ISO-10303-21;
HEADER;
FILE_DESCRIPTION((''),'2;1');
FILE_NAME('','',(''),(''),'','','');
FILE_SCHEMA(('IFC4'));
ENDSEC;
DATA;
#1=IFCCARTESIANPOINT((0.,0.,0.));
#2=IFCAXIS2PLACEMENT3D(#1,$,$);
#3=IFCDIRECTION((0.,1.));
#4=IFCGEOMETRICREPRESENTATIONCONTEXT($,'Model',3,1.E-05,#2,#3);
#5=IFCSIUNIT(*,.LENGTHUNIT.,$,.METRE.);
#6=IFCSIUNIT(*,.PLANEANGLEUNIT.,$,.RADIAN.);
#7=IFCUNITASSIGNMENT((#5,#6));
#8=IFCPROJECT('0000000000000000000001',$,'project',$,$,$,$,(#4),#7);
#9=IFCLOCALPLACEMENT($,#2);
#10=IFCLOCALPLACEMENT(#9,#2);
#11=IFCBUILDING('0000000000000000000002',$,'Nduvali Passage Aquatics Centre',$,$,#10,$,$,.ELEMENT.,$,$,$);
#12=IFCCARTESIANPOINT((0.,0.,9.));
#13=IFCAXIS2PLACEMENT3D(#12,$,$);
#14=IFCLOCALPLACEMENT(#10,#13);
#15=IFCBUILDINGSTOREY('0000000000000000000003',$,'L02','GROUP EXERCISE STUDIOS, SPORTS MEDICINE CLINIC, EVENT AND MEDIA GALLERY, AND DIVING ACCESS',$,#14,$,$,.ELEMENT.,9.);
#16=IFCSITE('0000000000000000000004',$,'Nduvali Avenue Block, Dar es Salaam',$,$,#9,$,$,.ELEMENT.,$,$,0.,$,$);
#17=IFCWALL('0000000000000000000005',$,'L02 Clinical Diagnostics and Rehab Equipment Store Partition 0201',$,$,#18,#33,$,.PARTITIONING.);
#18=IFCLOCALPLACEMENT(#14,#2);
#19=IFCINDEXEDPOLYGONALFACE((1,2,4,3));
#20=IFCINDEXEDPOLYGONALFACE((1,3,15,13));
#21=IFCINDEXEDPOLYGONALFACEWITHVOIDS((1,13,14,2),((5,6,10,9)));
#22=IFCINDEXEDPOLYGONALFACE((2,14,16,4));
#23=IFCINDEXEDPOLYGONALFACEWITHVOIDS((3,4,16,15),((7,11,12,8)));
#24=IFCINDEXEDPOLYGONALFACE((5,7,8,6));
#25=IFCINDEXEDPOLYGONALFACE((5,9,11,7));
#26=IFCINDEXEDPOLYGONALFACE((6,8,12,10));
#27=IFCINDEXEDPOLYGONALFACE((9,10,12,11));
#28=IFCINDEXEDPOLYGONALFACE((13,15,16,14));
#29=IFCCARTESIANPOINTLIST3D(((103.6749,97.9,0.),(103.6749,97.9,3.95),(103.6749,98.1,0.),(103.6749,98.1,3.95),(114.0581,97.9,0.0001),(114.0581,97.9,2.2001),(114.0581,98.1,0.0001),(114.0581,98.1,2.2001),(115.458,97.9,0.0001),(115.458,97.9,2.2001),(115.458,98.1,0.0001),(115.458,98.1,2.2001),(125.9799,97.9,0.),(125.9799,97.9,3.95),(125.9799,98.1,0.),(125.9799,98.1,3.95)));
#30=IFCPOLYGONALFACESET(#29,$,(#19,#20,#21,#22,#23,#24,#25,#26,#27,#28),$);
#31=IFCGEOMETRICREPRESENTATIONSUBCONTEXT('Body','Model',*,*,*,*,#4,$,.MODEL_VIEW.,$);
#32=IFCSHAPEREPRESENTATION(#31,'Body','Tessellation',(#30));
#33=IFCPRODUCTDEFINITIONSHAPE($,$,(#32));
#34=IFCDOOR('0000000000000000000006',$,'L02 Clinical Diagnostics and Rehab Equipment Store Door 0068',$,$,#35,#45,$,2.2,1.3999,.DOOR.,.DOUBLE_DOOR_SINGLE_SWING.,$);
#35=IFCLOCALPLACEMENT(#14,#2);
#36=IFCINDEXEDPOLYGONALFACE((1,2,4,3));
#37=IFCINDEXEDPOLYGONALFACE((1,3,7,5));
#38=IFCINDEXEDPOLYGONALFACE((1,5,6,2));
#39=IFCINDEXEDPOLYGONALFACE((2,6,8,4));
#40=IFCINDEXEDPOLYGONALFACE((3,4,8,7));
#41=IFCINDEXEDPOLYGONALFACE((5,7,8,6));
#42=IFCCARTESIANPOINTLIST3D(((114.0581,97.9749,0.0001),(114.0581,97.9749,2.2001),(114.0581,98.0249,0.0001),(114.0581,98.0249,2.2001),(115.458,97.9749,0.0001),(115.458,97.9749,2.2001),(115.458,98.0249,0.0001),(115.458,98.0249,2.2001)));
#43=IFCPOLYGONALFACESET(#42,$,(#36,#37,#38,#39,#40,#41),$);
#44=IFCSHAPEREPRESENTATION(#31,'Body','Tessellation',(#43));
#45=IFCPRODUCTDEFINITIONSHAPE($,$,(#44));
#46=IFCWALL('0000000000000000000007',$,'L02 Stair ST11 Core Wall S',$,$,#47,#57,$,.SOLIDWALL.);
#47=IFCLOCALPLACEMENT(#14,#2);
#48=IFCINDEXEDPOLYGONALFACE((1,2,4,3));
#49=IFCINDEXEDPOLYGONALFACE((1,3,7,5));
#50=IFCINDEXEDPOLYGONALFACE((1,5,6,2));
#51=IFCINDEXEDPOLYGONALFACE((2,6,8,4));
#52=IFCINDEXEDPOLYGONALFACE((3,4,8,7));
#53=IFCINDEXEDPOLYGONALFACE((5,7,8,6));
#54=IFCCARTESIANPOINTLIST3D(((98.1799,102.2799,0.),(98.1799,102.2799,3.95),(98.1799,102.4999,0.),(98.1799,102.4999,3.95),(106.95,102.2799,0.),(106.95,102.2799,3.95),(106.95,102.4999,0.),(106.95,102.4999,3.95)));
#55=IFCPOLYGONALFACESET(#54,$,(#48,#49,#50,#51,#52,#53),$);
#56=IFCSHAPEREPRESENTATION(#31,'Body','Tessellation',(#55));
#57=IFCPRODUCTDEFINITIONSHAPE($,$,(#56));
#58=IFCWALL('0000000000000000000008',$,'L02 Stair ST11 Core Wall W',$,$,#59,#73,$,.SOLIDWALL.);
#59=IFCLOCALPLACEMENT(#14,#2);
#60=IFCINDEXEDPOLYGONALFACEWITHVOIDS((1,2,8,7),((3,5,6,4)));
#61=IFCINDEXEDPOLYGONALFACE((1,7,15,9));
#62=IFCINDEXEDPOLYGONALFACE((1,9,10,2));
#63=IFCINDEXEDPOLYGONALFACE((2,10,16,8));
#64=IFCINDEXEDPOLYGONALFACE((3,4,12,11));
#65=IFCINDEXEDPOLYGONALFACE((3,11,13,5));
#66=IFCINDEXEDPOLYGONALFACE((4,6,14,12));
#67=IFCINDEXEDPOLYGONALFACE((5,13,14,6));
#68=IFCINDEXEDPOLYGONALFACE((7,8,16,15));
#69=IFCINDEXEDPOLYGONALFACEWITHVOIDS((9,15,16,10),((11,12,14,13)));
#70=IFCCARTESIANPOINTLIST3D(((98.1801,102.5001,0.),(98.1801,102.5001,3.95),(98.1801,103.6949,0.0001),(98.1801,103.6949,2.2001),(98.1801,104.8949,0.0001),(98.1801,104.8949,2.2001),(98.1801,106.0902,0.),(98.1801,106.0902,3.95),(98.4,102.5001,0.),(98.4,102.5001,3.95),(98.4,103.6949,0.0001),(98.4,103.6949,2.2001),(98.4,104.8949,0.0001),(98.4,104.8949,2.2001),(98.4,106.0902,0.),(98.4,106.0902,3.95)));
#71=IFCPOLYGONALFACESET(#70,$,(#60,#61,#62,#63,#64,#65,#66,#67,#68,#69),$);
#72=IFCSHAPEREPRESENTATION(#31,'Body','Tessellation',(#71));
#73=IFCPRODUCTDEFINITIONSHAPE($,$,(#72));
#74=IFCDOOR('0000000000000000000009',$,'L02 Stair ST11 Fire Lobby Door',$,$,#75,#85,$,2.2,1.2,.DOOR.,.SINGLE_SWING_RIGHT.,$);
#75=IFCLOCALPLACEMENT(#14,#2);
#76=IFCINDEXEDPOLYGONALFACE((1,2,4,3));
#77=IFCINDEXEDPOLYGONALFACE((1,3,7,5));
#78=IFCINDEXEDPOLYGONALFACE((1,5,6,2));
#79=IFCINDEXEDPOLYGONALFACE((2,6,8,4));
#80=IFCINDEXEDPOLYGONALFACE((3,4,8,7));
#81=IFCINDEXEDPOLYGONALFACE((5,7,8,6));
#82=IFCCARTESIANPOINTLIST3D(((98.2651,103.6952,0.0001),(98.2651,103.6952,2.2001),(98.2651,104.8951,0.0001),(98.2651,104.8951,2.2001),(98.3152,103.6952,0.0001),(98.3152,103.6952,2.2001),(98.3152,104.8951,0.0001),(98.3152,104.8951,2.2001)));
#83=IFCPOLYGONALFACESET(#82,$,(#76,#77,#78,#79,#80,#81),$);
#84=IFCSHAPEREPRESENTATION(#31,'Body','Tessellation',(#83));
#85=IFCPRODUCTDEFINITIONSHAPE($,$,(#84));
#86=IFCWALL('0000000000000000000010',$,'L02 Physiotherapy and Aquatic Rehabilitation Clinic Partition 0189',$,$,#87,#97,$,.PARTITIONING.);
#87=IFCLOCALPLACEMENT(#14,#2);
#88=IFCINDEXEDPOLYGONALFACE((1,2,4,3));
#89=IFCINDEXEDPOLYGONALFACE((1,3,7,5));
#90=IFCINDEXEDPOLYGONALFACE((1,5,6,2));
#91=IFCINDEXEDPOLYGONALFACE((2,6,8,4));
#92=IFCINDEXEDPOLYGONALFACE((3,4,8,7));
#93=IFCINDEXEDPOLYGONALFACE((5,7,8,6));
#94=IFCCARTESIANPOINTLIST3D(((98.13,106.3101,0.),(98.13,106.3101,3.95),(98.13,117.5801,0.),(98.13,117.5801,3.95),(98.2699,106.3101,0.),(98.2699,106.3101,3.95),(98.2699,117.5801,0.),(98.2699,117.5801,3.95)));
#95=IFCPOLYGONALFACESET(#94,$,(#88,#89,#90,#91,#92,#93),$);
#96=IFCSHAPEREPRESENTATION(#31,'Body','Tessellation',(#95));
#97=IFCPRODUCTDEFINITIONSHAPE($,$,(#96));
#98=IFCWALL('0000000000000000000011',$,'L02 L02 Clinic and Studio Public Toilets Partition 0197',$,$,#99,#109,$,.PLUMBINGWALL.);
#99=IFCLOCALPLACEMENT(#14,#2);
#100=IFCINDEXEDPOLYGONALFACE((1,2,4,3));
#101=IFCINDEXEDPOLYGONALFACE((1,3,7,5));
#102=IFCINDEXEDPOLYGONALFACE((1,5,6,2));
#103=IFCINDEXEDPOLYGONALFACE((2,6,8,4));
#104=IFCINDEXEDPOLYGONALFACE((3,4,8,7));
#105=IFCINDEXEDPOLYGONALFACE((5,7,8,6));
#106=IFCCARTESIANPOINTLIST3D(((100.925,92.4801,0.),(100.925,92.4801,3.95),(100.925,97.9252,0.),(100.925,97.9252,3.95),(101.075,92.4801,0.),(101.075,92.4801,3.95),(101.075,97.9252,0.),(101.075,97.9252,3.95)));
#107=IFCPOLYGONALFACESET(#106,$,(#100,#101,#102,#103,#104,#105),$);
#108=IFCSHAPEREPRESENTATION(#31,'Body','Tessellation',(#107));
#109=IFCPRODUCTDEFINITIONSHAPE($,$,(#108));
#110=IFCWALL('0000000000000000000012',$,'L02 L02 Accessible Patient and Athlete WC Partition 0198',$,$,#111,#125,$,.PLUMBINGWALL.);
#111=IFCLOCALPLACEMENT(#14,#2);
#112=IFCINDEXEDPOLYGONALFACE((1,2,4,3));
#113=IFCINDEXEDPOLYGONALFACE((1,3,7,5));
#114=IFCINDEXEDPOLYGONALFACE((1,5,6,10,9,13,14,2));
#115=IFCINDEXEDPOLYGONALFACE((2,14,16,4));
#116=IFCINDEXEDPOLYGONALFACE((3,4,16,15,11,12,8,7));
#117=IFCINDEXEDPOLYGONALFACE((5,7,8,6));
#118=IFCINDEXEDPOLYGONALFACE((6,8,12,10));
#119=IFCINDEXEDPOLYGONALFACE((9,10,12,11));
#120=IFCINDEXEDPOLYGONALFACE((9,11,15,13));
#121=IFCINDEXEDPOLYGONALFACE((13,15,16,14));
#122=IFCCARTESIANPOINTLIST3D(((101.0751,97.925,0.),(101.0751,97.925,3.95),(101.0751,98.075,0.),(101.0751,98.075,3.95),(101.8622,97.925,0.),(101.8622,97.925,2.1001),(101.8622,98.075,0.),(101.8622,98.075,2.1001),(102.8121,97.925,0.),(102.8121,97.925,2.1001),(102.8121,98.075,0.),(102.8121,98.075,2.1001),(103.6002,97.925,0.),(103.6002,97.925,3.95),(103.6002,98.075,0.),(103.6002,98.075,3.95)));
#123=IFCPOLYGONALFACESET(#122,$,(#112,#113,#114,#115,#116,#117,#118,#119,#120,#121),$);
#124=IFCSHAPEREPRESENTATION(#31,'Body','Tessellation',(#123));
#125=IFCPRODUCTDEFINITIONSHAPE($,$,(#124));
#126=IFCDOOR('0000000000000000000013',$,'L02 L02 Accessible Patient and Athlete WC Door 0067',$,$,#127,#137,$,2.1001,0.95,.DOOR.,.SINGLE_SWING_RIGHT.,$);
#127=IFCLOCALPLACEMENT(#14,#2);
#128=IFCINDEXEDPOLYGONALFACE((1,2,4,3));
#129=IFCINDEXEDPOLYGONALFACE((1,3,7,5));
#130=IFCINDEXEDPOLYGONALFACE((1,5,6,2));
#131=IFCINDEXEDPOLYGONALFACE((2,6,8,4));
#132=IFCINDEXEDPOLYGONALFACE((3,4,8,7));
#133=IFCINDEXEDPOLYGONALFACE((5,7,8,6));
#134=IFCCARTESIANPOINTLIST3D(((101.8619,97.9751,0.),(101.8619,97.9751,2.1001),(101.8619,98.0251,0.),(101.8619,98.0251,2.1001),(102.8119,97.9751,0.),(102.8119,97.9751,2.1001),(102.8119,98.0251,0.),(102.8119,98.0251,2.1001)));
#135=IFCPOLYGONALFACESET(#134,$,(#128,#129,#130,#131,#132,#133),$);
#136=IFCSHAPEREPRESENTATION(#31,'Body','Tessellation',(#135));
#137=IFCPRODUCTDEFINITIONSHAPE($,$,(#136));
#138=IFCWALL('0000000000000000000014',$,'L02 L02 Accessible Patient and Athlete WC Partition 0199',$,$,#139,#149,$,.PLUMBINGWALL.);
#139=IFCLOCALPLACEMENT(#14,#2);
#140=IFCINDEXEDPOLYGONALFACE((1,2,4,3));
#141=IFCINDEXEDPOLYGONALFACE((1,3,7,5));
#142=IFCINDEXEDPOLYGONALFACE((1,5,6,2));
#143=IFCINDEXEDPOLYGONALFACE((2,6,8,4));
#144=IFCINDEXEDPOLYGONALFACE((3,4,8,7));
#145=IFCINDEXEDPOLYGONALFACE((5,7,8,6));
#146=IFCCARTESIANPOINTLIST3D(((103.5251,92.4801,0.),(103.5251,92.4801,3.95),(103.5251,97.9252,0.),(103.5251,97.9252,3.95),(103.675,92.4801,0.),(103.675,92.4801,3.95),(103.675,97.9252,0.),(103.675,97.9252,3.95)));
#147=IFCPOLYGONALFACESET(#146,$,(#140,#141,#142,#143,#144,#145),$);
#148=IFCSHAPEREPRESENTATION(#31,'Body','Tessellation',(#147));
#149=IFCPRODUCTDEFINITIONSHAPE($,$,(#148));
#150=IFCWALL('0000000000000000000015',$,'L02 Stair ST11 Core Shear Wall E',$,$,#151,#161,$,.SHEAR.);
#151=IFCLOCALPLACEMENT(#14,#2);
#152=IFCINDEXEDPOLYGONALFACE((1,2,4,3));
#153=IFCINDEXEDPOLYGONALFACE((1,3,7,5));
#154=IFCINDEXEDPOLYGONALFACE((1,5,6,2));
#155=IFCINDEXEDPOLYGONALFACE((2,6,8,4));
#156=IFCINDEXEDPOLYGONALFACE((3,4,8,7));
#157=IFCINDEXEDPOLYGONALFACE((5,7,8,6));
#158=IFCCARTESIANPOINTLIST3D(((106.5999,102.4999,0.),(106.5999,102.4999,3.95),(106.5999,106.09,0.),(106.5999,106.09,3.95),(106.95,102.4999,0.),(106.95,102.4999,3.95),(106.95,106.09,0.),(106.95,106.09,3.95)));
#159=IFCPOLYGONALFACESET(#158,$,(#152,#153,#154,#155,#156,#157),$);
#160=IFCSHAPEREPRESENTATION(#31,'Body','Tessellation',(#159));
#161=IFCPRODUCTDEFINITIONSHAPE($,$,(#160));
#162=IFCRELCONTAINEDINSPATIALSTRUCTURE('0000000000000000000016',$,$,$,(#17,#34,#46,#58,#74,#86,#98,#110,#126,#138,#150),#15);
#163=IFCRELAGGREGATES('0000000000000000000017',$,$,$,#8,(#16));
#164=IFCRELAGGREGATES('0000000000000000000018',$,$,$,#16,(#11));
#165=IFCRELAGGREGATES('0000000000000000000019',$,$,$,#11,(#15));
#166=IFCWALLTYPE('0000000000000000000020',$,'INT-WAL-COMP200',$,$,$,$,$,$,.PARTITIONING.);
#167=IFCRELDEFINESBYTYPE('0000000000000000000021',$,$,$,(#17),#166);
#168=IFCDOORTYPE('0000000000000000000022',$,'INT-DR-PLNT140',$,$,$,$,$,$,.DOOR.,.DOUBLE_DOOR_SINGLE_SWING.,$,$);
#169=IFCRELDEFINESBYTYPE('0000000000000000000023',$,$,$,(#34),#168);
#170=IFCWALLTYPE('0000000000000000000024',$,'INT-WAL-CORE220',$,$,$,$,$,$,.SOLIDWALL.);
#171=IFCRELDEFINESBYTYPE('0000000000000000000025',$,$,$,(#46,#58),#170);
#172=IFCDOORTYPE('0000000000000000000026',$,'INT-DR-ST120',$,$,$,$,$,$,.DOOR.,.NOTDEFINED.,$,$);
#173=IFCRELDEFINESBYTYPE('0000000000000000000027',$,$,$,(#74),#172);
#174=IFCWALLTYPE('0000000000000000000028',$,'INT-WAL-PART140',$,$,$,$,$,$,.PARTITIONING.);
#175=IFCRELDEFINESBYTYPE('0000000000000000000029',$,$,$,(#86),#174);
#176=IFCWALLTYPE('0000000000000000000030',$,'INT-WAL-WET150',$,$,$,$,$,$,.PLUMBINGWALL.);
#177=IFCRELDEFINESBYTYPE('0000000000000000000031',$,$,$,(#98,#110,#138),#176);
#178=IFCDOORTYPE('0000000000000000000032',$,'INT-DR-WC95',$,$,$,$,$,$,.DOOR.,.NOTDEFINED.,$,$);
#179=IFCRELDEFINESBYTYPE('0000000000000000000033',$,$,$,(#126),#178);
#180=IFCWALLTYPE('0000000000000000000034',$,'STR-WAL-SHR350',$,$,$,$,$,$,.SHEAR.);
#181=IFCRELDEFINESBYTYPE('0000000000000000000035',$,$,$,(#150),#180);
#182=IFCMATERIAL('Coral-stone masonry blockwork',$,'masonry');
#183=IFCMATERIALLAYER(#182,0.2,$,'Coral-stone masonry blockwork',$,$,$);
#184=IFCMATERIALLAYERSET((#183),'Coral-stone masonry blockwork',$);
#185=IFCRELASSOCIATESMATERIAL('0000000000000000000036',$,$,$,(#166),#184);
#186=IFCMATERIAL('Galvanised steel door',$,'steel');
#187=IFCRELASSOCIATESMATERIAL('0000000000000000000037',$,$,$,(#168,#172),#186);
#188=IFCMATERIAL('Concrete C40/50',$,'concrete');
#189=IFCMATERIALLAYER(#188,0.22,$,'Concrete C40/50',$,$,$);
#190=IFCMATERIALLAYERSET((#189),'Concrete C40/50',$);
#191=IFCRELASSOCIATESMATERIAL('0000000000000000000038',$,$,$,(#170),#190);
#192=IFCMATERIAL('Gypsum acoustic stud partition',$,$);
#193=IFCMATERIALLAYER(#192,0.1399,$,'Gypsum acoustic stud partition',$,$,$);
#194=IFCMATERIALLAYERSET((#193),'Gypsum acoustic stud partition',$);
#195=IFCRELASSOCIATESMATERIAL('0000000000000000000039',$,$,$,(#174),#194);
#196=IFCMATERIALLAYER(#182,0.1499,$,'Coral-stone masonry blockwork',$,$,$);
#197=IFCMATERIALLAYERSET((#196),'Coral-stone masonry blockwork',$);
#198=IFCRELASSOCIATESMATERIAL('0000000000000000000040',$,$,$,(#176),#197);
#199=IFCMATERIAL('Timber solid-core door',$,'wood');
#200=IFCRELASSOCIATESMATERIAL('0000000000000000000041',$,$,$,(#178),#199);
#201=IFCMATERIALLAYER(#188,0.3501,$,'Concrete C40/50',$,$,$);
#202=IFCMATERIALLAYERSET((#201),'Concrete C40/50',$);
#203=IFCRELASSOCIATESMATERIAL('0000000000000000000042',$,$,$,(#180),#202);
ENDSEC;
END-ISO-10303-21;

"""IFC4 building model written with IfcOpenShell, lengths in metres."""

from ifc_helpers import new_model, si_unit, direction, frame, frame_2d, origin, place, context, subcontext, project, spatial, rectangle, extrude, material, layer, layer_set, type_object, element, fill, save


model = new_model("IFC4")

# Units and contexts
model_context = context("Model", 3, precision=1e-05, world=origin(), true_north=direction((0.0, 1.0)))
body_context = subcontext(model_context, "Body", "Model", "MODEL_VIEW")
ifc_project = project(units=[si_unit("LENGTHUNIT", "METRE"), si_unit("PLANEANGLEUNIT", "RADIAN")], contexts=[model_context])

# Site, building, storey
site_placement = place(None, origin())
site = spatial("IfcSite", under=ifc_project, at=site_placement, Name="Nduvali Avenue Block, Dar es Salaam", CompositionType="ELEMENT", RefElevation=0.0)
building_placement = place(site_placement, origin())
building = spatial("IfcBuilding", under=site, at=building_placement, Name="Nduvali Passage Aquatics Centre", CompositionType="ELEMENT")
storey_placement = place(building_placement, frame((0.0, 0.0, 9.0)))
storey = spatial("IfcBuildingStorey", under=building, at=storey_placement, Name="L02", Description="GROUP EXERCISE STUDIOS, SPORTS MEDICINE CLINIC, EVENT AND MEDIA GALLERY, AND DIVING ACCESS", CompositionType="ELEMENT", Elevation=9.0)

# Wall, opening, door
ifc_material_1 = material(Name="Coral-stone masonry blockwork", Category="masonry")
ifc_layer_1 = layer(ifc_material_1, 0.2, Name="Coral-stone masonry blockwork")
ifc_layer_set_1 = layer_set([ifc_layer_1], Name="Coral-stone masonry blockwork")
wall_type_1 = type_object("IfcWallType", Name="INT-WAL-COMP200", PredefinedType="PARTITIONING", material=ifc_layer_set_1)
wall_1_placement = place(storey_placement, frame((103.675, 98.0, 0.0), z_axis=(0.0, 0.0, 1.0), x_axis=(1.0, 0.0, 0.0)))
wall_1 = element("IfcWall", 1, at=wall_1_placement, inside=storey, type_object=wall_type_1, Name="L02 Clinical Diagnostics and Rehab Equipment Store Partition 0201", PredefinedType="PARTITIONING", context=body_context, shape_type="SweptSolid", body=[
    extrude(rectangle(XDim=22.3049, YDim=0.2, at=frame_2d((11.1523, 0.0))), origin(), (0.0, 0.0, 1.0), 3.95),
])
opening_1_placement = place(wall_1_placement, frame((10.3831, 0.0, 0.0)))
opening_1 = element("IfcOpeningElement", 2, at=opening_1_placement, cuts=wall_1, PredefinedType="OPENING", context=body_context, shape_type="SweptSolid", body=[
    extrude(rectangle(XDim=1.3999, YDim=2.2, at=frame_2d((0.7, 1.1001))), frame((0.0, 0.1147, 0.0), z_axis=(0.0, -1.0, 0.0), x_axis=(1.0, 0.0, 0.0)), (0.0, 0.0, 1.0), 0.2297),
])
ifc_material_2 = material(Name="Galvanised steel door", Category="steel")
door_type_1 = type_object("IfcDoorType", Name="INT-DR-PLNT140", OperationType="DOUBLE_DOOR_SINGLE_SWING", PredefinedType="DOOR", material=ifc_material_2)
door_1_placement = place(opening_1_placement, origin())
door_1 = element("IfcDoor", 3, at=door_1_placement, inside=storey, type_object=door_type_1, Name="L02 Clinical Diagnostics and Rehab Equipment Store Door 0068", OperationType="DOUBLE_DOOR_SINGLE_SWING", OverallHeight=2.2, OverallWidth=1.3999, PredefinedType="DOOR", context=body_context, shape_type="SweptSolid", body=[
    extrude(rectangle(XDim=1.3999, YDim=2.2, at=frame_2d((0.7, 1.1001))), frame((0.0, 0.0249, 0.0), z_axis=(0.0, -1.0, 0.0), x_axis=(1.0, 0.0, 0.0)), (0.0, 0.0, 1.0), 0.05),
])
fill(opening_1, door_1)

# Wall
ifc_material_3 = material(Name="Concrete C40/50", Category="concrete")
ifc_layer_2 = layer(ifc_material_3, 0.22, Name="Concrete C40/50")
ifc_layer_set_2 = layer_set([ifc_layer_2], Name="Concrete C40/50")
wall_type_2 = type_object("IfcWallType", Name="INT-WAL-CORE220", PredefinedType="SOLIDWALL", material=ifc_layer_set_2)
wall_2_placement = place(storey_placement, frame((98.1799, 102.3899, 0.0), z_axis=(0.0, 0.0, 1.0), x_axis=(1.0, 0.0, 0.0)))
element("IfcWall", 4, at=wall_2_placement, inside=storey, type_object=wall_type_2, Name="L02 Stair ST11 Core Wall S", PredefinedType="SOLIDWALL", context=body_context, shape_type="SweptSolid", body=[
    extrude(rectangle(XDim=8.77, YDim=0.22, at=frame_2d((4.385, 0.0))), origin(), (0.0, 0.0, 1.0), 3.95),
])

# Wall, opening, door
wall_3_placement = place(storey_placement, frame((98.29, 106.0901, 0.0), z_axis=(0.0, 0.0, 1.0), x_axis=(0.0, -1.0, 0.0)))
wall_3 = element("IfcWall", 5, at=wall_3_placement, inside=storey, type_object=wall_type_2, Name="L02 Stair ST11 Core Wall W", PredefinedType="SOLIDWALL", context=body_context, shape_type="SweptSolid", body=[
    extrude(rectangle(XDim=3.5901, YDim=0.22, at=frame_2d((1.7949, 0.0))), origin(), (0.0, 0.0, 1.0), 3.95),
])
opening_2_placement = place(wall_3_placement, frame((1.1951, 0.0, 0.0)))
opening_2 = element("IfcOpeningElement", 6, at=opening_2_placement, cuts=wall_3, PredefinedType="OPENING", context=body_context, shape_type="SweptSolid", body=[
    extrude(rectangle(XDim=1.2, YDim=2.2, at=frame_2d((0.6001, 1.1001))), frame((0.0, 0.125, 0.0), z_axis=(0.0, -1.0, 0.0), x_axis=(1.0, 0.0, 0.0)), (0.0, 0.0, 1.0), 0.2498),
])
door_type_2 = type_object("IfcDoorType", Name="INT-DR-ST120", OperationType="NOTDEFINED", PredefinedType="DOOR", material=ifc_material_2)
door_2_placement = place(opening_2_placement, frame((1.2, 0.0, 0.0), z_axis=(0.0, 0.0, 1.0), x_axis=(-1.0, 0.0, 0.0)))
door_2 = element("IfcDoor", 7, at=door_2_placement, inside=storey, type_object=door_type_2, Name="L02 Stair ST11 Fire Lobby Door", OperationType="SINGLE_SWING_RIGHT", OverallHeight=2.2, OverallWidth=1.2, PredefinedType="DOOR", context=body_context, shape_type="SweptSolid", body=[
    extrude(rectangle(XDim=1.2, YDim=2.2, at=frame_2d((0.6001, 1.1001))), frame((0.0, 0.0249, 0.0), z_axis=(0.0, -1.0, 0.0), x_axis=(1.0, 0.0, 0.0)), (0.0, 0.0, 1.0), 0.05),
])
fill(opening_2, door_2)

# Walls
ifc_material_4 = material(Name="Gypsum acoustic stud partition")
ifc_layer_3 = layer(ifc_material_4, 0.1399, Name="Gypsum acoustic stud partition")
ifc_layer_set_3 = layer_set([ifc_layer_3], Name="Gypsum acoustic stud partition")
wall_type_3 = type_object("IfcWallType", Name="INT-WAL-PART140", PredefinedType="PARTITIONING", material=ifc_layer_set_3)
wall_4_placement = place(storey_placement, frame((98.2, 106.3101, 0.0), z_axis=(0.0, 0.0, 1.0), x_axis=(0.0, 1.0, 0.0)))
element("IfcWall", 8, at=wall_4_placement, inside=storey, type_object=wall_type_3, Name="L02 Physiotherapy and Aquatic Rehabilitation Clinic Partition 0189", PredefinedType="PARTITIONING", context=body_context, shape_type="SweptSolid", body=[
    extrude(rectangle(XDim=11.27, YDim=0.1399, at=frame_2d((5.635, 0.0))), origin(), (0.0, 0.0, 1.0), 3.95),
])
ifc_layer_4 = layer(ifc_material_1, 0.1499, Name="Coral-stone masonry blockwork")
ifc_layer_set_4 = layer_set([ifc_layer_4], Name="Coral-stone masonry blockwork")
wall_type_4 = type_object("IfcWallType", Name="INT-WAL-WET150", PredefinedType="PLUMBINGWALL", material=ifc_layer_set_4)
wall_5_placement = place(storey_placement, frame((101.0, 92.48, 0.0), z_axis=(0.0, 0.0, 1.0), x_axis=(0.0, 1.0, 0.0)))
element("IfcWall", 9, at=wall_5_placement, inside=storey, type_object=wall_type_4, Name="L02 L02 Clinic and Studio Public Toilets Partition 0197", PredefinedType="PLUMBINGWALL", context=body_context, shape_type="SweptSolid", body=[
    extrude(rectangle(XDim=5.4451, YDim=0.1499, at=frame_2d((2.7227, 0.0))), origin(), (0.0, 0.0, 1.0), 3.95),
])

# Wall, opening, door
wall_6_placement = place(storey_placement, frame((101.075, 98.0, 0.0), z_axis=(0.0, 0.0, 1.0), x_axis=(1.0, 0.0, 0.0)))
wall_6 = element("IfcWall", 10, at=wall_6_placement, inside=storey, type_object=wall_type_4, Name="L02 L02 Accessible Patient and Athlete WC Partition 0198", PredefinedType="PLUMBINGWALL", context=body_context, shape_type="SweptSolid", body=[
    extrude(rectangle(XDim=2.5251, YDim=0.1499, at=frame_2d((1.2627, 0.0))), origin(), (0.0, 0.0, 1.0), 3.95),
])
opening_3_placement = place(wall_6_placement, frame((0.7871, 0.0, 0.0)))
opening_3 = element("IfcOpeningElement", 11, at=opening_3_placement, cuts=wall_6, PredefinedType="OPENING", context=body_context, shape_type="SweptSolid", body=[
    extrude(rectangle(XDim=0.95, YDim=2.1001, at=frame_2d((0.4751, 1.05))), frame((0.0, 0.0898, 0.0), z_axis=(0.0, -1.0, 0.0), x_axis=(1.0, 0.0, 0.0)), (0.0, 0.0, 1.0), 0.1797),
])
ifc_material_5 = material(Name="Timber solid-core door", Category="wood")
door_type_3 = type_object("IfcDoorType", Name="INT-DR-WC95", OperationType="NOTDEFINED", PredefinedType="DOOR", material=ifc_material_5)
door_3_placement = place(opening_3_placement, frame((0.95, 0.0, 0.0), z_axis=(0.0, 0.0, 1.0), x_axis=(-1.0, 0.0, 0.0)))
door_3 = element("IfcDoor", 12, at=door_3_placement, inside=storey, type_object=door_type_3, Name="L02 L02 Accessible Patient and Athlete WC Door 0067", OperationType="SINGLE_SWING_RIGHT", OverallHeight=2.1001, OverallWidth=0.95, PredefinedType="DOOR", context=body_context, shape_type="SweptSolid", body=[
    extrude(rectangle(XDim=0.95, YDim=2.1001, at=frame_2d((0.4751, 1.05))), frame((0.0, 0.0249, 0.0), z_axis=(0.0, -1.0, 0.0), x_axis=(1.0, 0.0, 0.0)), (0.0, 0.0, 1.0), 0.05),
])
fill(opening_3, door_3)

# Walls
wall_7_placement = place(storey_placement, frame((103.6001, 92.48, 0.0), z_axis=(0.0, 0.0, 1.0), x_axis=(0.0, 1.0, 0.0)))
element("IfcWall", 13, at=wall_7_placement, inside=storey, type_object=wall_type_4, Name="L02 L02 Accessible Patient and Athlete WC Partition 0199", PredefinedType="PLUMBINGWALL", context=body_context, shape_type="SweptSolid", body=[
    extrude(rectangle(XDim=5.4451, YDim=0.1499, at=frame_2d((2.7227, 0.0))), origin(), (0.0, 0.0, 1.0), 3.95),
])
ifc_layer_5 = layer(ifc_material_3, 0.3501, Name="Concrete C40/50")
ifc_layer_set_5 = layer_set([ifc_layer_5], Name="Concrete C40/50")
wall_type_5 = type_object("IfcWallType", Name="STR-WAL-SHR350", PredefinedType="SHEAR", material=ifc_layer_set_5)
wall_8_placement = place(storey_placement, frame((106.7749, 102.5, 0.0), z_axis=(0.0, 0.0, 1.0), x_axis=(0.0, 1.0, 0.0)))
element("IfcWall", 14, at=wall_8_placement, inside=storey, type_object=wall_type_5, Name="L02 Stair ST11 Core Shear Wall E", PredefinedType="SHEAR", context=body_context, shape_type="SweptSolid", body=[
    extrude(rectangle(XDim=3.5901, YDim=0.3501, at=frame_2d((1.7949, 0.0))), origin(), (0.0, 0.0, 1.0), 3.95),
])

save(model, "model.ifc")
